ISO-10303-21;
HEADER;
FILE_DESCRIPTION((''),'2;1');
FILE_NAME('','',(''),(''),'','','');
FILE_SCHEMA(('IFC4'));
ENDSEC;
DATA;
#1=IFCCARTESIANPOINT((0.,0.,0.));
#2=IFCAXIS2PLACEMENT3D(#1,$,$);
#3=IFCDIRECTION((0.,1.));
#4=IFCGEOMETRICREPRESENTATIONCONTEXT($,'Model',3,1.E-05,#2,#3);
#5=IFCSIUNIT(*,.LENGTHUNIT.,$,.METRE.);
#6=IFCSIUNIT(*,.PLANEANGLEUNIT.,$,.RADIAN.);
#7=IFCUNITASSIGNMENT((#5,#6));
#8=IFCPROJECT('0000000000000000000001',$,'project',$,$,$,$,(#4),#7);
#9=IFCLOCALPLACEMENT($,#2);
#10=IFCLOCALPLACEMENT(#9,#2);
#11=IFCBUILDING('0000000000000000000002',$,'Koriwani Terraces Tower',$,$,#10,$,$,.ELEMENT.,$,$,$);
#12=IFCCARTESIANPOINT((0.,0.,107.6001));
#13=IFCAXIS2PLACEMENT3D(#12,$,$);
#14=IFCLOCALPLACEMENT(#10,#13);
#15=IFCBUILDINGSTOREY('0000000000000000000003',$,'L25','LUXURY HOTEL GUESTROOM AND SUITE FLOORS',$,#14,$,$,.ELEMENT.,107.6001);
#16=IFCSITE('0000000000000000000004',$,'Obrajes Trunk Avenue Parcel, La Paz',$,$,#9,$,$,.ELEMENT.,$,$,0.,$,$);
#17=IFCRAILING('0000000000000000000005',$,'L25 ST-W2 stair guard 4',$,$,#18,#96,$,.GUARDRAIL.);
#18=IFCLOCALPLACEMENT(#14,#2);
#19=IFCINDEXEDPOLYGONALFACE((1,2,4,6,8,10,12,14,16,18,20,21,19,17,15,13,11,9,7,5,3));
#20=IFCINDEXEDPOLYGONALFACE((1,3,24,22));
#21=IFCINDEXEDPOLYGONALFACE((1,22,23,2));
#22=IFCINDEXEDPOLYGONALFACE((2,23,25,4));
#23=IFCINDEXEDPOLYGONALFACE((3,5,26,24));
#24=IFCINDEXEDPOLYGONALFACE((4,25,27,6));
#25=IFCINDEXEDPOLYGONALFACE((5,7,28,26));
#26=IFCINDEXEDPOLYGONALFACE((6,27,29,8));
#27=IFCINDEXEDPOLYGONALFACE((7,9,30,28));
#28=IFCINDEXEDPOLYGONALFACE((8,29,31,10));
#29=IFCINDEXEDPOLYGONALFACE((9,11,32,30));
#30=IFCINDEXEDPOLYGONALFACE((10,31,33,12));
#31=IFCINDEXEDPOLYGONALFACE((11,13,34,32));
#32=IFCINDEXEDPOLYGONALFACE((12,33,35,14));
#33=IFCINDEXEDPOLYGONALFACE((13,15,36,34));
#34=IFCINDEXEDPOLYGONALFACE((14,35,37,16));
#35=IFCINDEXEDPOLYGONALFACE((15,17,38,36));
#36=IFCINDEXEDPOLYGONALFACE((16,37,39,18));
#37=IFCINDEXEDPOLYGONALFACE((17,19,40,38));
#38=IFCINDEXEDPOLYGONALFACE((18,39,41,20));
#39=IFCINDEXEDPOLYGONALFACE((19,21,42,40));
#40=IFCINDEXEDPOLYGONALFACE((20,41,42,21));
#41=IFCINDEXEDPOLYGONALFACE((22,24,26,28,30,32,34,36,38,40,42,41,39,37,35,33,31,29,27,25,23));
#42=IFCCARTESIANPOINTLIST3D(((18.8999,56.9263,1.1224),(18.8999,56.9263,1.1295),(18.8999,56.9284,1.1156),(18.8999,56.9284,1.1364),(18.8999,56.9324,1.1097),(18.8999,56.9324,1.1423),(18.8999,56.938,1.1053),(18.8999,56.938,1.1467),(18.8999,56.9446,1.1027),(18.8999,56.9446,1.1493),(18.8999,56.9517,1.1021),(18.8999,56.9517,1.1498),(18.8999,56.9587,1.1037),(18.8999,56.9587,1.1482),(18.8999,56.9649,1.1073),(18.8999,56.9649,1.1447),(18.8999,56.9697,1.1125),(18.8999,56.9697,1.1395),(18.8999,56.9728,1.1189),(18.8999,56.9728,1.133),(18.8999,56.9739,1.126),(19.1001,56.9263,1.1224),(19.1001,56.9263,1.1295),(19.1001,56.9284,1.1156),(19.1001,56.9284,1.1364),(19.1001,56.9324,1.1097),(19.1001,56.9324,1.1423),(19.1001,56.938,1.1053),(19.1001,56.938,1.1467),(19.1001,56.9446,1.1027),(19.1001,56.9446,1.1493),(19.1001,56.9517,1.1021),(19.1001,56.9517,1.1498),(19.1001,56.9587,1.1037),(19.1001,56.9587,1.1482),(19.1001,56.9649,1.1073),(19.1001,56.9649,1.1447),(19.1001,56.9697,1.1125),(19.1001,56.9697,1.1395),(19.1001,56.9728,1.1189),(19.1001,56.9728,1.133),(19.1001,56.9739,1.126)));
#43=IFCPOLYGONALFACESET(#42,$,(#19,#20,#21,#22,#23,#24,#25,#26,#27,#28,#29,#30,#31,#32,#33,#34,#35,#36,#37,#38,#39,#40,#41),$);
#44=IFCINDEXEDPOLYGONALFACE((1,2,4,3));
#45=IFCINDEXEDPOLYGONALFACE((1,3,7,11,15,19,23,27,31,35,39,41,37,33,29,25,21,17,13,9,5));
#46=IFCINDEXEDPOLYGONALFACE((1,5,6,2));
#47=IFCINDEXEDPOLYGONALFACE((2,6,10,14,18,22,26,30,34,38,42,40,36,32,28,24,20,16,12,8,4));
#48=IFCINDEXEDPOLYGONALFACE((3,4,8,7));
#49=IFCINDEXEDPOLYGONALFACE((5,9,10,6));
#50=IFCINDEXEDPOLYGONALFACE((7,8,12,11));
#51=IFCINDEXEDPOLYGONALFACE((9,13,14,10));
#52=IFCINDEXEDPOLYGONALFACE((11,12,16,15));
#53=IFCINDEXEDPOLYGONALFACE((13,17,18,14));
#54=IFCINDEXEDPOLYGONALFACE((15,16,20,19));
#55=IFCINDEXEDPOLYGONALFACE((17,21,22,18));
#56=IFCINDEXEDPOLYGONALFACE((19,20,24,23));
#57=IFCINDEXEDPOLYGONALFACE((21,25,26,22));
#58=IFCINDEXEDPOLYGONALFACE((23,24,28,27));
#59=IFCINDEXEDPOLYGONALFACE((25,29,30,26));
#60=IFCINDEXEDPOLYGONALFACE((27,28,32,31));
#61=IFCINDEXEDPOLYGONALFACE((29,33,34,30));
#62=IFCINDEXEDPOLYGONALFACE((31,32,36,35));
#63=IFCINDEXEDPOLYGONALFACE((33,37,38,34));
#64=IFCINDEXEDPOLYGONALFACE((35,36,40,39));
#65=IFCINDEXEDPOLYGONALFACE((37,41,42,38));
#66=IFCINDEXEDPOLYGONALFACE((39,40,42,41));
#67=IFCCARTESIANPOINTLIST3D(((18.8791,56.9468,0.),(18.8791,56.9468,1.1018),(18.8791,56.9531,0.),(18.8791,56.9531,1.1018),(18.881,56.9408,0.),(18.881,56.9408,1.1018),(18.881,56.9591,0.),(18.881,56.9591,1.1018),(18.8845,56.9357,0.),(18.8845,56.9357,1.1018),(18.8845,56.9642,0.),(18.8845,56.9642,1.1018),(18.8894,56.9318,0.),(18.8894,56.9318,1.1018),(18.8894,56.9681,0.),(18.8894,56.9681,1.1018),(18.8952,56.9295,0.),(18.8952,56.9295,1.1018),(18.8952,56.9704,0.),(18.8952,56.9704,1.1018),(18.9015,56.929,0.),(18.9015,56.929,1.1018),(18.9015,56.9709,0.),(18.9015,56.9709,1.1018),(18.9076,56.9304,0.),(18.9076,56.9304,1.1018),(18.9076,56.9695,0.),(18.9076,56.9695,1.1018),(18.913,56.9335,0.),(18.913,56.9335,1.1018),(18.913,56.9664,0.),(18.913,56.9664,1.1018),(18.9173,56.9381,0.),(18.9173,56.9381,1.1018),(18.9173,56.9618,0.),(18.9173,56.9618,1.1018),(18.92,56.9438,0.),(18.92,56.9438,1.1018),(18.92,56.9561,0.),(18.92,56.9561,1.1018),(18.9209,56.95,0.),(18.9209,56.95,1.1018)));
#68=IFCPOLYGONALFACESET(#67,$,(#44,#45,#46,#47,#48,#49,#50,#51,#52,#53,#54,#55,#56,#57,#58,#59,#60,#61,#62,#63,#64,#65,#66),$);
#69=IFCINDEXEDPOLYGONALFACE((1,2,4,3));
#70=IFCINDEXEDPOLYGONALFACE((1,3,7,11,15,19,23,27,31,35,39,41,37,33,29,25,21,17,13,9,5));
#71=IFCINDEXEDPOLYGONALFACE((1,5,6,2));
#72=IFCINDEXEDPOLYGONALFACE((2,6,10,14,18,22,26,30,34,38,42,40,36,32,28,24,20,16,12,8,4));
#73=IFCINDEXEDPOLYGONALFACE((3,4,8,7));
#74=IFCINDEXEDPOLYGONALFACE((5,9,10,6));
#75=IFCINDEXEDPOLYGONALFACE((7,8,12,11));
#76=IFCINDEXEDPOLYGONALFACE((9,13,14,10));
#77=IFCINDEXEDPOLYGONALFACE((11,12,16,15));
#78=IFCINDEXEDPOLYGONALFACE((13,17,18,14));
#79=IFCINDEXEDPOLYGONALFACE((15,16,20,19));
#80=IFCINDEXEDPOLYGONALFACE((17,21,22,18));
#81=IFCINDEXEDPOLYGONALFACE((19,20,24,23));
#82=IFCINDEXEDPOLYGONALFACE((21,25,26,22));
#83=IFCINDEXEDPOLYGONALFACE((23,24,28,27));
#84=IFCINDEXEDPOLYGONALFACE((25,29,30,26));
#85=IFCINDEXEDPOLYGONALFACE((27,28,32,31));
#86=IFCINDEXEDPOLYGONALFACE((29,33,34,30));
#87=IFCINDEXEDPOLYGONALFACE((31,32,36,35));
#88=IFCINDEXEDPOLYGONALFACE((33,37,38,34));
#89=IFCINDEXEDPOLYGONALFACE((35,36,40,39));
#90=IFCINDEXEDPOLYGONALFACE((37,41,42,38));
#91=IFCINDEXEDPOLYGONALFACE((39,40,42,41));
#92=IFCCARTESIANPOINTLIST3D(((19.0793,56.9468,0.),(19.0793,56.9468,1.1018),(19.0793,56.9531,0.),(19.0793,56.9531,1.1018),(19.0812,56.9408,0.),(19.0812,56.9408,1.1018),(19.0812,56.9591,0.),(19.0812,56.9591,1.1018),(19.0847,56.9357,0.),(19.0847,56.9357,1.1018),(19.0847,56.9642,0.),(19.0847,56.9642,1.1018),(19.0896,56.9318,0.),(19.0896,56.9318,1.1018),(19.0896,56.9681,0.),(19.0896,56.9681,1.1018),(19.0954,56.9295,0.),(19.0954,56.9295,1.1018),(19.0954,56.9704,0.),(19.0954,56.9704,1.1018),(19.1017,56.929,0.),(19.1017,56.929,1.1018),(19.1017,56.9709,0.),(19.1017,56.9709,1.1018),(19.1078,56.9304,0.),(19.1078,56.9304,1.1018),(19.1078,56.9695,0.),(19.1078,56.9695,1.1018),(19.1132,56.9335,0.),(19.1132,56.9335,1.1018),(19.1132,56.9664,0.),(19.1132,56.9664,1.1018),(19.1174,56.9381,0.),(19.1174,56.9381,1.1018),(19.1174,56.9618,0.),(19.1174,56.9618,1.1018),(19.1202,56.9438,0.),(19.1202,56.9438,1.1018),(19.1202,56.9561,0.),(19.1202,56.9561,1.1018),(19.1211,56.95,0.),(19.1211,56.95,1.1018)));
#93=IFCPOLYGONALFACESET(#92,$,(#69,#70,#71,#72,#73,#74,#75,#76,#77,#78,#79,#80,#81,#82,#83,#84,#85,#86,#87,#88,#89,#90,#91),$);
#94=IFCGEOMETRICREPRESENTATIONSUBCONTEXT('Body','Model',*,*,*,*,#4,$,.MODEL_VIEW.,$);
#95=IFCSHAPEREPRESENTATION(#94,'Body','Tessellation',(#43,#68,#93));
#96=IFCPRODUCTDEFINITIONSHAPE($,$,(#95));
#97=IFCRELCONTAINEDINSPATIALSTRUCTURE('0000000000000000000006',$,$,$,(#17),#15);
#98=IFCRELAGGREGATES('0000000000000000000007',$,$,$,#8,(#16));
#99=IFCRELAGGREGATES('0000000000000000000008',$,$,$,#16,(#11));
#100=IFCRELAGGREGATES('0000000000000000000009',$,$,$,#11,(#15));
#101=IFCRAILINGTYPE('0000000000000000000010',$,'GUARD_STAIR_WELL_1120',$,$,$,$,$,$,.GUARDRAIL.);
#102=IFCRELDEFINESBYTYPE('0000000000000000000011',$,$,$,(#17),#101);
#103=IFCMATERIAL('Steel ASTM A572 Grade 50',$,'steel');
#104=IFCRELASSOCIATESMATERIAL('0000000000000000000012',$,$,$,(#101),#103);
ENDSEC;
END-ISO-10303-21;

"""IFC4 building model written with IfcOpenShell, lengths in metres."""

from ifc_helpers import new_model, si_unit, direction, frame, origin, origin_2d, place, context, subcontext, project, spatial, circle, extrude, material, type_object, element, save


model = new_model("IFC4")

# Units and contexts
model_context = context("Model", 3, precision=1e-05, world=origin(), true_north=direction((0.0, 1.0)))
body_context = subcontext(model_context, "Body", "Model", "MODEL_VIEW")
ifc_project = project(units=[si_unit("LENGTHUNIT", "METRE"), si_unit("PLANEANGLEUNIT", "RADIAN")], contexts=[model_context])

# Site, building, storey
site_placement = place(None, origin())
site = spatial("IfcSite", under=ifc_project, at=site_placement, Name="Obrajes Trunk Avenue Parcel, La Paz", CompositionType="ELEMENT", RefElevation=0.0)
building_placement = place(site_placement, origin())
building = spatial("IfcBuilding", under=site, at=building_placement, Name="Koriwani Terraces Tower", CompositionType="ELEMENT")
storey_placement = place(building_placement, frame((0.0, 0.0, 107.6001)))
storey = spatial("IfcBuildingStorey", under=building, at=storey_placement, Name="L25", Description="LUXURY HOTEL GUESTROOM AND SUITE FLOORS", CompositionType="ELEMENT", Elevation=107.6001)

# Shared definitions
ifc_material_1 = material(Name="Steel ASTM A572 Grade 50", Category="steel")

# Railing
railing_type_1 = type_object("IfcRailingType", Name="GUARD_STAIR_WELL_1120", PredefinedType="GUARDRAIL", material=ifc_material_1)
railing_1_placement = place(storey_placement, frame((18.8999, 56.95, 0.0)))
element("IfcRailing", 1, at=railing_1_placement, inside=storey, type_object=railing_type_1, Name="L25 ST-W2 stair guard 4", PredefinedType="GUARDRAIL", context=body_context, shape_type="SweptSolid", body=[
    extrude(circle(Radius=0.0239, at=origin_2d()), frame((0.0, 0.0, 1.126), z_axis=(1.0, 0.0, 0.0), x_axis=(0.0, 1.0, 0.0)), (0.0, 0.0, 1.0), 0.2002),
    extrude(circle(Radius=0.021, at=origin_2d()), origin(), (0.0, 0.0, 1.0), 1.1018),
    extrude(circle(Radius=0.021, at=origin_2d()), frame((0.2002, 0.0, 0.0)), (0.0, 0.0, 1.0), 1.1018),
])

save(model, "model.ifc")
